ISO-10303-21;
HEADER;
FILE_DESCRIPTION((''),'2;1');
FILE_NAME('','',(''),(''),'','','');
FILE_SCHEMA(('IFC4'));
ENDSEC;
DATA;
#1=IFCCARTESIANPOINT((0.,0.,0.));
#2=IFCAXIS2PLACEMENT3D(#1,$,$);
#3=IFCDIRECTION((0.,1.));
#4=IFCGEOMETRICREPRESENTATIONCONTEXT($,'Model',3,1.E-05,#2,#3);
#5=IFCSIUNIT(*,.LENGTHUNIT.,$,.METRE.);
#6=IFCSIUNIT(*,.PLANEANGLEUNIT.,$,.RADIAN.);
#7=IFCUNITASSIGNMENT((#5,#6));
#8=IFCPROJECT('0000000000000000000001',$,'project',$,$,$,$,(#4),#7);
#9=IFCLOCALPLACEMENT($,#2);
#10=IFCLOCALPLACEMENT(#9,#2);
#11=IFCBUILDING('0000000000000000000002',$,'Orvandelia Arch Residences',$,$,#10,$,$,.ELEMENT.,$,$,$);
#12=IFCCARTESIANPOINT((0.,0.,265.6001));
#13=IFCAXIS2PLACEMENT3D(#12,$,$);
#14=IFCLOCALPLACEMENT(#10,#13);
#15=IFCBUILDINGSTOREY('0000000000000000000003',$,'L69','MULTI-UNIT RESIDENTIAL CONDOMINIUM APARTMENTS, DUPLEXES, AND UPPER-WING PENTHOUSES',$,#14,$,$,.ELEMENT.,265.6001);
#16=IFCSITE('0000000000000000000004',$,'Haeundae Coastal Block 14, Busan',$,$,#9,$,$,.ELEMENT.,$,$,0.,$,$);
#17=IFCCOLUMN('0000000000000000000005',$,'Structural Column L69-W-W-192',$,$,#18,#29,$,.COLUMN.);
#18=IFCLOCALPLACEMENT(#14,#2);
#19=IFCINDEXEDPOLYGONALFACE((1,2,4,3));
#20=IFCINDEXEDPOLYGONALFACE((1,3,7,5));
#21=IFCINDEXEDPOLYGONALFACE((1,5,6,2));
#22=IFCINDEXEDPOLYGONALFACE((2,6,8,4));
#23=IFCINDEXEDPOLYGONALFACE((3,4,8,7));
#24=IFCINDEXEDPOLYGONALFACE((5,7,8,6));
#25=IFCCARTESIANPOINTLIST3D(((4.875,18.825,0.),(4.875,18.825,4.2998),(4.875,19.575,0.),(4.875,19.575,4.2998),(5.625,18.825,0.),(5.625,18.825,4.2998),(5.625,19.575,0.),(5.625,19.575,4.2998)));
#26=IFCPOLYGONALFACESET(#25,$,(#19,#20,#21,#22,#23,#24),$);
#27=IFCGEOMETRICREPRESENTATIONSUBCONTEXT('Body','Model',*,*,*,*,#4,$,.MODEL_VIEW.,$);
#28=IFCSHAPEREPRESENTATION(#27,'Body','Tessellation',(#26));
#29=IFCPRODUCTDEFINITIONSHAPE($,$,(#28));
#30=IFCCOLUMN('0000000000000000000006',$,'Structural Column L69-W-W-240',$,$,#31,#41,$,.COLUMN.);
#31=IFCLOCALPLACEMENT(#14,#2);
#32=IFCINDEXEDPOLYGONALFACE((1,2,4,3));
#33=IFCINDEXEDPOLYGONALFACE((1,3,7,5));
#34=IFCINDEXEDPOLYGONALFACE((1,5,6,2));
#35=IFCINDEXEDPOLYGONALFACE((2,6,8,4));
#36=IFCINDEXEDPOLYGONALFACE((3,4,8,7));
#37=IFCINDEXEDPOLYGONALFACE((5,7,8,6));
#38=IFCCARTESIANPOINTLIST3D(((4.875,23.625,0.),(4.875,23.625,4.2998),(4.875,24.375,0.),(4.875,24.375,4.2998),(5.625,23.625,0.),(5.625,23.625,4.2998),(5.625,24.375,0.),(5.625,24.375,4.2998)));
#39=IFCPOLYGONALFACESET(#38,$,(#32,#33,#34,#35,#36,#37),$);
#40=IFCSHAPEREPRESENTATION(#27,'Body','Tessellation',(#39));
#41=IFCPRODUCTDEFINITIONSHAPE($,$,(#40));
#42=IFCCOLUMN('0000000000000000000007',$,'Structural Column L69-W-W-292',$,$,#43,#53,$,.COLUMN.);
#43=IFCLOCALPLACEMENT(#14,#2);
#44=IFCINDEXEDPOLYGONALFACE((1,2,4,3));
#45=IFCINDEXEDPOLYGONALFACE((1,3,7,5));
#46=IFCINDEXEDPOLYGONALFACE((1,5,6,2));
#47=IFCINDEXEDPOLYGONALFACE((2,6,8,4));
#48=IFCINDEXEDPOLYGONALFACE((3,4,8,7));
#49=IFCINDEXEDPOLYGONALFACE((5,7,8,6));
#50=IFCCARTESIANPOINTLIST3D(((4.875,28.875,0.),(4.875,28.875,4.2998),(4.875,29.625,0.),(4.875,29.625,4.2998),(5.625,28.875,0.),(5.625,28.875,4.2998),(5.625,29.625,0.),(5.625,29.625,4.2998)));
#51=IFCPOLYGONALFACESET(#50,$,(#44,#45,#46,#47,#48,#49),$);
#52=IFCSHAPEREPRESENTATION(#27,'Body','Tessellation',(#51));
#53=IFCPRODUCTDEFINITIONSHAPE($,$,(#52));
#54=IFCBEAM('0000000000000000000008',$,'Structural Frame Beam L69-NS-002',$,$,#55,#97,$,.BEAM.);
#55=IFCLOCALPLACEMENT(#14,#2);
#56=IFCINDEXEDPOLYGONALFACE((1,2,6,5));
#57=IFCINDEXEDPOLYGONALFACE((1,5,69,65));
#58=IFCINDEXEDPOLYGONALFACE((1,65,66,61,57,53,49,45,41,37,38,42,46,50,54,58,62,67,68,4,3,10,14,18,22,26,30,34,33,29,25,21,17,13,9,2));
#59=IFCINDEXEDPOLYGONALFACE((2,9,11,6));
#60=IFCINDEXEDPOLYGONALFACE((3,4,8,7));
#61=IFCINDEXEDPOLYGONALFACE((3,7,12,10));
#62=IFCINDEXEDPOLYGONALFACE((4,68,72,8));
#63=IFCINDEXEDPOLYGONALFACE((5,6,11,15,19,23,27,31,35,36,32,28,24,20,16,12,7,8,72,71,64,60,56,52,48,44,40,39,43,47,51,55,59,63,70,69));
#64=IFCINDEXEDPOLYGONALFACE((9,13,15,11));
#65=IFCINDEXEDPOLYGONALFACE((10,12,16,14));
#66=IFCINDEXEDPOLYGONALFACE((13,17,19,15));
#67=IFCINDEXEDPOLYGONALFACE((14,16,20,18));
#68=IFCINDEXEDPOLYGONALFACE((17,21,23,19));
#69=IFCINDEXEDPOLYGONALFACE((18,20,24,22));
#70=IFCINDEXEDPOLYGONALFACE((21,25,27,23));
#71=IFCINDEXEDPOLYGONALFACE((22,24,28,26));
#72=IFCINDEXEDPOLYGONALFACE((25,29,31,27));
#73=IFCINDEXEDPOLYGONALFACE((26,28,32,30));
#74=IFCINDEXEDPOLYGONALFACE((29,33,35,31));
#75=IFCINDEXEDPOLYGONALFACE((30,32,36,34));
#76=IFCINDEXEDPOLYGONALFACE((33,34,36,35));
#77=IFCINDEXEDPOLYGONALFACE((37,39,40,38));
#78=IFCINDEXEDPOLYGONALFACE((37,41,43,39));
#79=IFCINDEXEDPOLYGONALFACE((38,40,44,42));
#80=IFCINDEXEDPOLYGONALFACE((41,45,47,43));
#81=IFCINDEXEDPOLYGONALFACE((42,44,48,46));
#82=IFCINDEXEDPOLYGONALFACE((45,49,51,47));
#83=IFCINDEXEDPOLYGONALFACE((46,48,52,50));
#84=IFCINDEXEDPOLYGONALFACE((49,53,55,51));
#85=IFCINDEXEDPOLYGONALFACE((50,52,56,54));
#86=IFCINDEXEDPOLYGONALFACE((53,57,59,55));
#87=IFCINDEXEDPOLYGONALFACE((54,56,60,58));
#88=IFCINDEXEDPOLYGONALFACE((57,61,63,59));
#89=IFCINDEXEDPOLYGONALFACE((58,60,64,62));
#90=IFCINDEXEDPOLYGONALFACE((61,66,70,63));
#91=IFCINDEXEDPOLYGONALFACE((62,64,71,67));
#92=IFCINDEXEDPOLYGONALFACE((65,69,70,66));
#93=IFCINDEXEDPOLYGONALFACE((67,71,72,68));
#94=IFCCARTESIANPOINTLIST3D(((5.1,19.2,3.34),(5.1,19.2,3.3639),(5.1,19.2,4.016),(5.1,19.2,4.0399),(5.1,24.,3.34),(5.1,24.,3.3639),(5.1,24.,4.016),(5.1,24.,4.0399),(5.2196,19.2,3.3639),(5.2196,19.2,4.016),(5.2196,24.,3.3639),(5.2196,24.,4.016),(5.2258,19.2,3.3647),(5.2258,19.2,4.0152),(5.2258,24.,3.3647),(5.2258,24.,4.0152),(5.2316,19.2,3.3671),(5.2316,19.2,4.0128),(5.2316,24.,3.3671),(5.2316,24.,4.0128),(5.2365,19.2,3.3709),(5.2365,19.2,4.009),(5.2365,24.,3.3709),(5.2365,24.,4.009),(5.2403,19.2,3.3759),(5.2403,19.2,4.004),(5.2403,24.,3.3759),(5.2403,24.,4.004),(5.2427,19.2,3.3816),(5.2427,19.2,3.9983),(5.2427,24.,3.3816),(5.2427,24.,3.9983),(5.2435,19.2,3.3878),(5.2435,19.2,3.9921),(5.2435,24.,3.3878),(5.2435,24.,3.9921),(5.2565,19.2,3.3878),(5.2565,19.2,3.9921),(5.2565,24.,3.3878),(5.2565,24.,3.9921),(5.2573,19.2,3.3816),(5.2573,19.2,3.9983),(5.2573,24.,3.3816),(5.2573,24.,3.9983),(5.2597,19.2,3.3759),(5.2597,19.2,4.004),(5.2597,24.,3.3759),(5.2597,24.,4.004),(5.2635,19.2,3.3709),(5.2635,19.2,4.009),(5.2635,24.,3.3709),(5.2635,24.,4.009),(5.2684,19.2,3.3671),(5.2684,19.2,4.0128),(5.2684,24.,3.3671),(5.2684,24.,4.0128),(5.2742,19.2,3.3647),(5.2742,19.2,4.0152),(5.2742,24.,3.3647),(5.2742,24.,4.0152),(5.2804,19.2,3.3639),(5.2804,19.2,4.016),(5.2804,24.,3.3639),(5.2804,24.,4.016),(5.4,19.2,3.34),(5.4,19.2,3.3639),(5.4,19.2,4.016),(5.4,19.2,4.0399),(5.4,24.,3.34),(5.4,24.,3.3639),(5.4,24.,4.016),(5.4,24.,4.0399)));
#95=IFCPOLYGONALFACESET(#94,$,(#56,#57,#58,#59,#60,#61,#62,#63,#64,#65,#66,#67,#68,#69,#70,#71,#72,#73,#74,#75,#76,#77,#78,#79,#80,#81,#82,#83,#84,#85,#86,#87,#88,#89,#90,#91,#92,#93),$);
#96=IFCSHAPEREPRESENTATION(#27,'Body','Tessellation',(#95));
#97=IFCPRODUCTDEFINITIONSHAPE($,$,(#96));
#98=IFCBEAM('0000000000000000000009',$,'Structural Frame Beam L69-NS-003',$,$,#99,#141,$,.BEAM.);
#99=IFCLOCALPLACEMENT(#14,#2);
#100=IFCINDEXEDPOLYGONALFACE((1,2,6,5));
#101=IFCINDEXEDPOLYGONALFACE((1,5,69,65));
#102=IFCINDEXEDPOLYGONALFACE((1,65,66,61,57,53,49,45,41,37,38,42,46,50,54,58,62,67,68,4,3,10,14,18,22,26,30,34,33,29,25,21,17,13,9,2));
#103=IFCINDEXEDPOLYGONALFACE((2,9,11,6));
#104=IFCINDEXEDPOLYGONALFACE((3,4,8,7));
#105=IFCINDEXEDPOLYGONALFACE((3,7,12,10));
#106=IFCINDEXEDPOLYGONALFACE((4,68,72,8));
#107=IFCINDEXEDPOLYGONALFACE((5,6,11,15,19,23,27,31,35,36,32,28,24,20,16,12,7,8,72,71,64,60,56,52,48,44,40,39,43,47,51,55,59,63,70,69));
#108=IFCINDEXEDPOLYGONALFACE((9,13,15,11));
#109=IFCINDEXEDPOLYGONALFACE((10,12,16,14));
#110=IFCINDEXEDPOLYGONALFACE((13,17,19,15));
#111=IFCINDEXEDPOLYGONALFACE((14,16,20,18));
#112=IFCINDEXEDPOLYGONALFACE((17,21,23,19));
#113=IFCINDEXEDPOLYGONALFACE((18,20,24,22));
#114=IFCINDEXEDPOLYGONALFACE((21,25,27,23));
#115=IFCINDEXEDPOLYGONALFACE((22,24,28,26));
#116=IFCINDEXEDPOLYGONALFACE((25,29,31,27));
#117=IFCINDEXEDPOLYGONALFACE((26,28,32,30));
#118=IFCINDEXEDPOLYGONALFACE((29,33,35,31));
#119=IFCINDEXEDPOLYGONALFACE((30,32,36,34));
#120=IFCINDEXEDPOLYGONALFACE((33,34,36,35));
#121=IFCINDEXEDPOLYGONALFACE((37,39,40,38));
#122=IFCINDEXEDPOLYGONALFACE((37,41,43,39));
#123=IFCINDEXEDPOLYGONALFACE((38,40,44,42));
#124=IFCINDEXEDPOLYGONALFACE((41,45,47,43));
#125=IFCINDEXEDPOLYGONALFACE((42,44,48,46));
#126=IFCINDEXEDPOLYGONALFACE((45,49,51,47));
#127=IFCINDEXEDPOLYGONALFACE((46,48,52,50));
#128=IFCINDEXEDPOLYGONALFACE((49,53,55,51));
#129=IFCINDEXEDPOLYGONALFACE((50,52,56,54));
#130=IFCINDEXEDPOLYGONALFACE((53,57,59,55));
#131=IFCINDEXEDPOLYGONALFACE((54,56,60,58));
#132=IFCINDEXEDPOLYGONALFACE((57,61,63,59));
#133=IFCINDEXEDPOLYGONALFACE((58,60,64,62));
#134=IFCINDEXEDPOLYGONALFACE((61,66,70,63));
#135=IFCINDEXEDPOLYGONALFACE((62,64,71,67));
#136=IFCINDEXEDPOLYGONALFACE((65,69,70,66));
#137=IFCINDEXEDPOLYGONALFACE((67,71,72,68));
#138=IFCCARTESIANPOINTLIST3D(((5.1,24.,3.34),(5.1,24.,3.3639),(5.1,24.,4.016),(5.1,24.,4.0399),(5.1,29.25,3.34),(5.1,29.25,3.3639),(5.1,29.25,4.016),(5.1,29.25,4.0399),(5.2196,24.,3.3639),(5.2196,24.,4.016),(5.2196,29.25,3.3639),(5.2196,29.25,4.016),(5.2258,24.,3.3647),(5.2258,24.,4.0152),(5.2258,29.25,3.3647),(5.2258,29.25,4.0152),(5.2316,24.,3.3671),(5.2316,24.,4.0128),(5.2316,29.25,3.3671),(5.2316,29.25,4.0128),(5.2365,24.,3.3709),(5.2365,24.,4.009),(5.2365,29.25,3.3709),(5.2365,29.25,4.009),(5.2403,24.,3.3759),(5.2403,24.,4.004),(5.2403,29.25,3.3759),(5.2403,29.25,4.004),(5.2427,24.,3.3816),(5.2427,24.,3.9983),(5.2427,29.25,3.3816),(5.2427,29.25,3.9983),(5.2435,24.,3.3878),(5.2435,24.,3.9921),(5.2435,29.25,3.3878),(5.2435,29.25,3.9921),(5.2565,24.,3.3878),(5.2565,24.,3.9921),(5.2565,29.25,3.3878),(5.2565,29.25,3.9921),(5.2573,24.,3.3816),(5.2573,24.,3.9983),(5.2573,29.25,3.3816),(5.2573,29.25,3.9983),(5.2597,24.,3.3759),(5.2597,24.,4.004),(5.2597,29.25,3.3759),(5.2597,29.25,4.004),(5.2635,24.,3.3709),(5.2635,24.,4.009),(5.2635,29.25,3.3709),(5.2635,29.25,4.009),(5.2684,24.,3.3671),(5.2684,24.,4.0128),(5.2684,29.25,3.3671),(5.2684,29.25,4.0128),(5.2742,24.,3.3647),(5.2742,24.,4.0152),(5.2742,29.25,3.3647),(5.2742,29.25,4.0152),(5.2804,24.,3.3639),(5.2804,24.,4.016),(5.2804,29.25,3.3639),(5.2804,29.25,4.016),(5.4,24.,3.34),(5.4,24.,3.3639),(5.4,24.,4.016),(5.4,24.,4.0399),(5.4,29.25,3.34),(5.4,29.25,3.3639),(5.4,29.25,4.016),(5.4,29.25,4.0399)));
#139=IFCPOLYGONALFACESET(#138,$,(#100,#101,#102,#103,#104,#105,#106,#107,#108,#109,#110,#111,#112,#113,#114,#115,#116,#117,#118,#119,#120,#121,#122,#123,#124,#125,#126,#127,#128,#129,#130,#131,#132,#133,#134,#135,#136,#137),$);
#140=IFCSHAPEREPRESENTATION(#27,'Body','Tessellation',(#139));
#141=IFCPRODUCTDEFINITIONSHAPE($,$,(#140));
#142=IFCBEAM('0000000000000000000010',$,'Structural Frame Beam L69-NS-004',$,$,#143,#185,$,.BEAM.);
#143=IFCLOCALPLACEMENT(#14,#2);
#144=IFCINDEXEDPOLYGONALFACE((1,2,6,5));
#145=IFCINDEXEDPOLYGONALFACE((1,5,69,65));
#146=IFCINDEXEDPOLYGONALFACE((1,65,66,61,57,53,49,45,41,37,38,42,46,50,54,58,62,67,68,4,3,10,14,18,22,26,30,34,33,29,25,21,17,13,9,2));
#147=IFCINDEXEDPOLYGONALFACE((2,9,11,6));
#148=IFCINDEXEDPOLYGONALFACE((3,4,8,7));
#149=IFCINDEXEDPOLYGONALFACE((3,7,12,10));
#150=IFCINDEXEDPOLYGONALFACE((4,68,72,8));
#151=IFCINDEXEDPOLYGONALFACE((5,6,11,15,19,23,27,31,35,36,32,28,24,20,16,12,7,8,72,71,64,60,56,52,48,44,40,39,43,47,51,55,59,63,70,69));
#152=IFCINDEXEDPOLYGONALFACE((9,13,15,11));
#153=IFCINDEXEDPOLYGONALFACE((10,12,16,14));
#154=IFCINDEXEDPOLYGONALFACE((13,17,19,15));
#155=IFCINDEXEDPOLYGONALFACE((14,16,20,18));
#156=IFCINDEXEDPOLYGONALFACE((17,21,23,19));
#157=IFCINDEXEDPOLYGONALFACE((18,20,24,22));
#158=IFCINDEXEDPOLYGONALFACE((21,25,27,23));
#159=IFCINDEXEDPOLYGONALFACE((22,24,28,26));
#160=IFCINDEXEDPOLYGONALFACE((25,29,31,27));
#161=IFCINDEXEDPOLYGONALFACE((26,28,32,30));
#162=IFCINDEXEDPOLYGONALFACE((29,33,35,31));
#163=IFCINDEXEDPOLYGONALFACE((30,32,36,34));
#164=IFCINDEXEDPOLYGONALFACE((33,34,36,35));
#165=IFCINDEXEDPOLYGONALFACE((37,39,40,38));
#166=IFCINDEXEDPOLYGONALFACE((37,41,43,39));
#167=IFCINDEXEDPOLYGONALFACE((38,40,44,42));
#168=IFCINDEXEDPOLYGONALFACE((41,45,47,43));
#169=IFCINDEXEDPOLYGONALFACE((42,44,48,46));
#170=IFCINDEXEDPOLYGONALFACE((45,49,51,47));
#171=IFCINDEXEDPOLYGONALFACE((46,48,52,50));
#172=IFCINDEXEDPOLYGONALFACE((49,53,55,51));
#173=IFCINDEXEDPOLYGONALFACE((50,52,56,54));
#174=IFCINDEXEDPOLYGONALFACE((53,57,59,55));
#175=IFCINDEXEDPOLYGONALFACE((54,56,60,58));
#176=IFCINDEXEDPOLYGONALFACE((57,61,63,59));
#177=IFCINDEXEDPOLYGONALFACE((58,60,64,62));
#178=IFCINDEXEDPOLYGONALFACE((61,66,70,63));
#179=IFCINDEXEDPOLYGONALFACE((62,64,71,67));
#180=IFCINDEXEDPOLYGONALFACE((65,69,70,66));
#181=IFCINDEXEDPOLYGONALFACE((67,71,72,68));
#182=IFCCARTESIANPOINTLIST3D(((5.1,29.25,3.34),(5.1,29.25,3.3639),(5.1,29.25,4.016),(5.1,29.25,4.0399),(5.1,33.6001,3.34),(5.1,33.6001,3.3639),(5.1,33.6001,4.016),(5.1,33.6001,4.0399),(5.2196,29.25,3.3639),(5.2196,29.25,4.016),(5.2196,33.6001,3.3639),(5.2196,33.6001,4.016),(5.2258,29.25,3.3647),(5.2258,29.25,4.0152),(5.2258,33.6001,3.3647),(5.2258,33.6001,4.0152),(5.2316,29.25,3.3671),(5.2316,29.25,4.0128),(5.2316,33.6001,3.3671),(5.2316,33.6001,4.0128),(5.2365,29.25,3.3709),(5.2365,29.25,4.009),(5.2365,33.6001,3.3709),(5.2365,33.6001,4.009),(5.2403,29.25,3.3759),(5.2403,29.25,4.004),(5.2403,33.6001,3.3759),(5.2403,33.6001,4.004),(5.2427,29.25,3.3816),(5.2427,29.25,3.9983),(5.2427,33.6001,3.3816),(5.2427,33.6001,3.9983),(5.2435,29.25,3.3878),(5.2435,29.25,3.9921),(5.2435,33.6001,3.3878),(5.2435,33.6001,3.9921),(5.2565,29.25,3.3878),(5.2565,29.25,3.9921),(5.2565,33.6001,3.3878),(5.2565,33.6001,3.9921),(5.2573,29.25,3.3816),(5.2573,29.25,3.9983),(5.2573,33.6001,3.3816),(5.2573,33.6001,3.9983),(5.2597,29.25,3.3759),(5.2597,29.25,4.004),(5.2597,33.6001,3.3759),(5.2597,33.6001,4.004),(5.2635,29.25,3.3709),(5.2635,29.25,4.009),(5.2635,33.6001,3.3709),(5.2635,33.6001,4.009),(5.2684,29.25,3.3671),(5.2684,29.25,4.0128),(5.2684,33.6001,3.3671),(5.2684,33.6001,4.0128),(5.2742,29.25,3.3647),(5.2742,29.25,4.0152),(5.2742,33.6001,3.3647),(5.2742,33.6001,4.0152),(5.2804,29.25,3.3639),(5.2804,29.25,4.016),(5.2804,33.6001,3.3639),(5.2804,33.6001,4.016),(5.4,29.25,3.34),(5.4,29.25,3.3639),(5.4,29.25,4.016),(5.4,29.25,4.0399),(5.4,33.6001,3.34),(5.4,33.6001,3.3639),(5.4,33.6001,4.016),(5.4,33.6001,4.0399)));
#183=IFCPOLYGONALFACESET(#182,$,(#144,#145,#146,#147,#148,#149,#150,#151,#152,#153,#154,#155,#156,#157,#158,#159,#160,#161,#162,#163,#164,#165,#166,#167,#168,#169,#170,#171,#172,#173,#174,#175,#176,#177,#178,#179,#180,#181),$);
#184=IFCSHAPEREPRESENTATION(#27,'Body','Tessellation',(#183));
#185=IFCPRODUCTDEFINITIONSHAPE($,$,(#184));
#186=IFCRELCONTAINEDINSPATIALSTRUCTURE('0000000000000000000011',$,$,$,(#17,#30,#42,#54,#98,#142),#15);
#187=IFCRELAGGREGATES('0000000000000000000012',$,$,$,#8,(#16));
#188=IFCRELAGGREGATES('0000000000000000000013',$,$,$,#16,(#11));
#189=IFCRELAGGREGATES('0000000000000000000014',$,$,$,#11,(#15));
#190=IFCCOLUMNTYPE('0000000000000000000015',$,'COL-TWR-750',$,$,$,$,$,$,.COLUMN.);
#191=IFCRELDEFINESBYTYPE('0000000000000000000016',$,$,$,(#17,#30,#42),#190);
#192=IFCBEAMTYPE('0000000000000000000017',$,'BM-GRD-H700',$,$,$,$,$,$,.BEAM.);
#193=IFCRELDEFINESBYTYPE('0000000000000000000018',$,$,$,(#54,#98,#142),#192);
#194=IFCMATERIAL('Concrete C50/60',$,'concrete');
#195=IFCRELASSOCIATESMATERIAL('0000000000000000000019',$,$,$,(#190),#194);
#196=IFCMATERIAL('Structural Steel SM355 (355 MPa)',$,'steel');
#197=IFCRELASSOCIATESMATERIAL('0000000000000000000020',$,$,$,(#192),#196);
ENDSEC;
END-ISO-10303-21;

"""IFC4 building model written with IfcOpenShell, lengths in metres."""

from ifc_helpers import new_model, si_unit, direction, frame, origin, origin_2d, place, context, subcontext, project, spatial, rectangle, i_section, extrude, material, material_profile, profile_set, type_object, element, save


model = new_model("IFC4")

# Units and contexts
model_context = context("Model", 3, precision=1e-05, world=origin(), true_north=direction((0.0, 1.0)))
body_context = subcontext(model_context, "Body", "Model", "MODEL_VIEW")
ifc_project = project(units=[si_unit("LENGTHUNIT", "METRE"), si_unit("PLANEANGLEUNIT", "RADIAN")], contexts=[model_context])

# Site, building, storey
site_placement = place(None, origin())
site = spatial("IfcSite", under=ifc_project, at=site_placement, Name="Haeundae Coastal Block 14, Busan", CompositionType="ELEMENT", RefElevation=0.0)
building_placement = place(site_placement, origin())
building = spatial("IfcBuilding", under=site, at=building_placement, Name="Orvandelia Arch Residences", CompositionType="ELEMENT")
storey_placement = place(building_placement, frame((0.0, 0.0, 265.6001)))
storey = spatial("IfcBuildingStorey", under=building, at=storey_placement, Name="L69", Description="MULTI-UNIT RESIDENTIAL CONDOMINIUM APARTMENTS, DUPLEXES, AND UPPER-WING PENTHOUSES", CompositionType="ELEMENT", Elevation=265.6001)

# Columns
ifc_material_1 = material(Name="Concrete C50/60", Category="concrete")
ifc_material_profile_1 = material_profile(ifc_material_1, rectangle(XDim=0.75, YDim=0.75, at=origin_2d()), Name="Concrete C50/60", Category="concrete")
ifc_profile_set_1 = profile_set([ifc_material_profile_1], Name="Concrete C50/60")
column_type = type_object("IfcColumnType", Name="COL-TWR-750", PredefinedType="COLUMN", material=ifc_profile_set_1)
for number, where, z_axis, x_axis, name in (
    (1, (5.25, 19.2, 0.0), (0.0, 0.0, 1.0), (1.0, 0.0, 0.0), "Structural Column L69-W-W-192"),
    (2, (5.25, 24.0, 0.0), (0.0, 0.0, 1.0), (1.0, 0.0, 0.0), "Structural Column L69-W-W-240"),
    (3, (5.25, 29.25, 0.0), (0.0, 0.0, 1.0), (1.0, 0.0, 0.0), "Structural Column L69-W-W-292"),
):
    element("IfcColumn", number, at=place(storey_placement, frame(where, z_axis=z_axis, x_axis=x_axis)), inside=storey, type_object=column_type, Name=name, PredefinedType="COLUMN", context=body_context, shape_type="SweptSolid", body=[
        extrude(rectangle(XDim=0.75, YDim=0.75, at=origin_2d()), origin(), (0.0, 0.0, 1.0), 4.2998),
    ])

# Beams
ifc_material_2 = material(Name="Structural Steel SM355 (355 MPa)", Category="steel")
ifc_material_profile_2 = material_profile(ifc_material_2, i_section(OverallWidth=0.3, OverallDepth=0.7, WebThickness=0.0129, FlangeThickness=0.0239, FilletRadius=0.0239, at=origin_2d()), Name="Structural Steel SM355 (355 MPa)", Category="steel")
ifc_profile_set_2 = profile_set([ifc_material_profile_2], Name="Structural Steel SM355 (355 MPa)")
beam_type_1 = type_object("IfcBeamType", Name="BM-GRD-H700", PredefinedType="BEAM", material=ifc_profile_set_2)
beam_1_placement = place(storey_placement, frame((5.25, 19.2, 3.6899), z_axis=(0.0, 1.0, 0.0), x_axis=(-1.0, 0.0, 0.0)))
element("IfcBeam", 4, at=beam_1_placement, inside=storey, type_object=beam_type_1, Name="Structural Frame Beam L69-NS-002", PredefinedType="BEAM", context=body_context, shape_type="SweptSolid", body=[
    extrude(i_section(OverallWidth=0.3, OverallDepth=0.7, WebThickness=0.0129, FlangeThickness=0.0239, FilletRadius=0.0239, at=origin_2d()), origin(), (0.0, 0.0, 1.0), 4.8),
])
beam_2_placement = place(storey_placement, frame((5.25, 24.0, 3.6899), z_axis=(0.0, 1.0, 0.0), x_axis=(-1.0, 0.0, 0.0)))
element("IfcBeam", 5, at=beam_2_placement, inside=storey, type_object=beam_type_1, Name="Structural Frame Beam L69-NS-003", PredefinedType="BEAM", context=body_context, shape_type="SweptSolid", body=[
    extrude(i_section(OverallWidth=0.3, OverallDepth=0.7, WebThickness=0.0129, FlangeThickness=0.0239, FilletRadius=0.0239, at=origin_2d()), origin(), (0.0, 0.0, 1.0), 5.25),
])
beam_3_placement = place(storey_placement, frame((5.25, 29.25, 3.6899), z_axis=(0.0, 1.0, 0.0), x_axis=(-1.0, 0.0, 0.0)))
element("IfcBeam", 6, at=beam_3_placement, inside=storey, type_object=beam_type_1, Name="Structural Frame Beam L69-NS-004", PredefinedType="BEAM", context=body_context, shape_type="SweptSolid", body=[
    extrude(i_section(OverallWidth=0.3, OverallDepth=0.7, WebThickness=0.0129, FlangeThickness=0.0239, FilletRadius=0.0239, at=origin_2d()), origin(), (0.0, 0.0, 1.0), 4.3501),
])

save(model, "model.ifc")
